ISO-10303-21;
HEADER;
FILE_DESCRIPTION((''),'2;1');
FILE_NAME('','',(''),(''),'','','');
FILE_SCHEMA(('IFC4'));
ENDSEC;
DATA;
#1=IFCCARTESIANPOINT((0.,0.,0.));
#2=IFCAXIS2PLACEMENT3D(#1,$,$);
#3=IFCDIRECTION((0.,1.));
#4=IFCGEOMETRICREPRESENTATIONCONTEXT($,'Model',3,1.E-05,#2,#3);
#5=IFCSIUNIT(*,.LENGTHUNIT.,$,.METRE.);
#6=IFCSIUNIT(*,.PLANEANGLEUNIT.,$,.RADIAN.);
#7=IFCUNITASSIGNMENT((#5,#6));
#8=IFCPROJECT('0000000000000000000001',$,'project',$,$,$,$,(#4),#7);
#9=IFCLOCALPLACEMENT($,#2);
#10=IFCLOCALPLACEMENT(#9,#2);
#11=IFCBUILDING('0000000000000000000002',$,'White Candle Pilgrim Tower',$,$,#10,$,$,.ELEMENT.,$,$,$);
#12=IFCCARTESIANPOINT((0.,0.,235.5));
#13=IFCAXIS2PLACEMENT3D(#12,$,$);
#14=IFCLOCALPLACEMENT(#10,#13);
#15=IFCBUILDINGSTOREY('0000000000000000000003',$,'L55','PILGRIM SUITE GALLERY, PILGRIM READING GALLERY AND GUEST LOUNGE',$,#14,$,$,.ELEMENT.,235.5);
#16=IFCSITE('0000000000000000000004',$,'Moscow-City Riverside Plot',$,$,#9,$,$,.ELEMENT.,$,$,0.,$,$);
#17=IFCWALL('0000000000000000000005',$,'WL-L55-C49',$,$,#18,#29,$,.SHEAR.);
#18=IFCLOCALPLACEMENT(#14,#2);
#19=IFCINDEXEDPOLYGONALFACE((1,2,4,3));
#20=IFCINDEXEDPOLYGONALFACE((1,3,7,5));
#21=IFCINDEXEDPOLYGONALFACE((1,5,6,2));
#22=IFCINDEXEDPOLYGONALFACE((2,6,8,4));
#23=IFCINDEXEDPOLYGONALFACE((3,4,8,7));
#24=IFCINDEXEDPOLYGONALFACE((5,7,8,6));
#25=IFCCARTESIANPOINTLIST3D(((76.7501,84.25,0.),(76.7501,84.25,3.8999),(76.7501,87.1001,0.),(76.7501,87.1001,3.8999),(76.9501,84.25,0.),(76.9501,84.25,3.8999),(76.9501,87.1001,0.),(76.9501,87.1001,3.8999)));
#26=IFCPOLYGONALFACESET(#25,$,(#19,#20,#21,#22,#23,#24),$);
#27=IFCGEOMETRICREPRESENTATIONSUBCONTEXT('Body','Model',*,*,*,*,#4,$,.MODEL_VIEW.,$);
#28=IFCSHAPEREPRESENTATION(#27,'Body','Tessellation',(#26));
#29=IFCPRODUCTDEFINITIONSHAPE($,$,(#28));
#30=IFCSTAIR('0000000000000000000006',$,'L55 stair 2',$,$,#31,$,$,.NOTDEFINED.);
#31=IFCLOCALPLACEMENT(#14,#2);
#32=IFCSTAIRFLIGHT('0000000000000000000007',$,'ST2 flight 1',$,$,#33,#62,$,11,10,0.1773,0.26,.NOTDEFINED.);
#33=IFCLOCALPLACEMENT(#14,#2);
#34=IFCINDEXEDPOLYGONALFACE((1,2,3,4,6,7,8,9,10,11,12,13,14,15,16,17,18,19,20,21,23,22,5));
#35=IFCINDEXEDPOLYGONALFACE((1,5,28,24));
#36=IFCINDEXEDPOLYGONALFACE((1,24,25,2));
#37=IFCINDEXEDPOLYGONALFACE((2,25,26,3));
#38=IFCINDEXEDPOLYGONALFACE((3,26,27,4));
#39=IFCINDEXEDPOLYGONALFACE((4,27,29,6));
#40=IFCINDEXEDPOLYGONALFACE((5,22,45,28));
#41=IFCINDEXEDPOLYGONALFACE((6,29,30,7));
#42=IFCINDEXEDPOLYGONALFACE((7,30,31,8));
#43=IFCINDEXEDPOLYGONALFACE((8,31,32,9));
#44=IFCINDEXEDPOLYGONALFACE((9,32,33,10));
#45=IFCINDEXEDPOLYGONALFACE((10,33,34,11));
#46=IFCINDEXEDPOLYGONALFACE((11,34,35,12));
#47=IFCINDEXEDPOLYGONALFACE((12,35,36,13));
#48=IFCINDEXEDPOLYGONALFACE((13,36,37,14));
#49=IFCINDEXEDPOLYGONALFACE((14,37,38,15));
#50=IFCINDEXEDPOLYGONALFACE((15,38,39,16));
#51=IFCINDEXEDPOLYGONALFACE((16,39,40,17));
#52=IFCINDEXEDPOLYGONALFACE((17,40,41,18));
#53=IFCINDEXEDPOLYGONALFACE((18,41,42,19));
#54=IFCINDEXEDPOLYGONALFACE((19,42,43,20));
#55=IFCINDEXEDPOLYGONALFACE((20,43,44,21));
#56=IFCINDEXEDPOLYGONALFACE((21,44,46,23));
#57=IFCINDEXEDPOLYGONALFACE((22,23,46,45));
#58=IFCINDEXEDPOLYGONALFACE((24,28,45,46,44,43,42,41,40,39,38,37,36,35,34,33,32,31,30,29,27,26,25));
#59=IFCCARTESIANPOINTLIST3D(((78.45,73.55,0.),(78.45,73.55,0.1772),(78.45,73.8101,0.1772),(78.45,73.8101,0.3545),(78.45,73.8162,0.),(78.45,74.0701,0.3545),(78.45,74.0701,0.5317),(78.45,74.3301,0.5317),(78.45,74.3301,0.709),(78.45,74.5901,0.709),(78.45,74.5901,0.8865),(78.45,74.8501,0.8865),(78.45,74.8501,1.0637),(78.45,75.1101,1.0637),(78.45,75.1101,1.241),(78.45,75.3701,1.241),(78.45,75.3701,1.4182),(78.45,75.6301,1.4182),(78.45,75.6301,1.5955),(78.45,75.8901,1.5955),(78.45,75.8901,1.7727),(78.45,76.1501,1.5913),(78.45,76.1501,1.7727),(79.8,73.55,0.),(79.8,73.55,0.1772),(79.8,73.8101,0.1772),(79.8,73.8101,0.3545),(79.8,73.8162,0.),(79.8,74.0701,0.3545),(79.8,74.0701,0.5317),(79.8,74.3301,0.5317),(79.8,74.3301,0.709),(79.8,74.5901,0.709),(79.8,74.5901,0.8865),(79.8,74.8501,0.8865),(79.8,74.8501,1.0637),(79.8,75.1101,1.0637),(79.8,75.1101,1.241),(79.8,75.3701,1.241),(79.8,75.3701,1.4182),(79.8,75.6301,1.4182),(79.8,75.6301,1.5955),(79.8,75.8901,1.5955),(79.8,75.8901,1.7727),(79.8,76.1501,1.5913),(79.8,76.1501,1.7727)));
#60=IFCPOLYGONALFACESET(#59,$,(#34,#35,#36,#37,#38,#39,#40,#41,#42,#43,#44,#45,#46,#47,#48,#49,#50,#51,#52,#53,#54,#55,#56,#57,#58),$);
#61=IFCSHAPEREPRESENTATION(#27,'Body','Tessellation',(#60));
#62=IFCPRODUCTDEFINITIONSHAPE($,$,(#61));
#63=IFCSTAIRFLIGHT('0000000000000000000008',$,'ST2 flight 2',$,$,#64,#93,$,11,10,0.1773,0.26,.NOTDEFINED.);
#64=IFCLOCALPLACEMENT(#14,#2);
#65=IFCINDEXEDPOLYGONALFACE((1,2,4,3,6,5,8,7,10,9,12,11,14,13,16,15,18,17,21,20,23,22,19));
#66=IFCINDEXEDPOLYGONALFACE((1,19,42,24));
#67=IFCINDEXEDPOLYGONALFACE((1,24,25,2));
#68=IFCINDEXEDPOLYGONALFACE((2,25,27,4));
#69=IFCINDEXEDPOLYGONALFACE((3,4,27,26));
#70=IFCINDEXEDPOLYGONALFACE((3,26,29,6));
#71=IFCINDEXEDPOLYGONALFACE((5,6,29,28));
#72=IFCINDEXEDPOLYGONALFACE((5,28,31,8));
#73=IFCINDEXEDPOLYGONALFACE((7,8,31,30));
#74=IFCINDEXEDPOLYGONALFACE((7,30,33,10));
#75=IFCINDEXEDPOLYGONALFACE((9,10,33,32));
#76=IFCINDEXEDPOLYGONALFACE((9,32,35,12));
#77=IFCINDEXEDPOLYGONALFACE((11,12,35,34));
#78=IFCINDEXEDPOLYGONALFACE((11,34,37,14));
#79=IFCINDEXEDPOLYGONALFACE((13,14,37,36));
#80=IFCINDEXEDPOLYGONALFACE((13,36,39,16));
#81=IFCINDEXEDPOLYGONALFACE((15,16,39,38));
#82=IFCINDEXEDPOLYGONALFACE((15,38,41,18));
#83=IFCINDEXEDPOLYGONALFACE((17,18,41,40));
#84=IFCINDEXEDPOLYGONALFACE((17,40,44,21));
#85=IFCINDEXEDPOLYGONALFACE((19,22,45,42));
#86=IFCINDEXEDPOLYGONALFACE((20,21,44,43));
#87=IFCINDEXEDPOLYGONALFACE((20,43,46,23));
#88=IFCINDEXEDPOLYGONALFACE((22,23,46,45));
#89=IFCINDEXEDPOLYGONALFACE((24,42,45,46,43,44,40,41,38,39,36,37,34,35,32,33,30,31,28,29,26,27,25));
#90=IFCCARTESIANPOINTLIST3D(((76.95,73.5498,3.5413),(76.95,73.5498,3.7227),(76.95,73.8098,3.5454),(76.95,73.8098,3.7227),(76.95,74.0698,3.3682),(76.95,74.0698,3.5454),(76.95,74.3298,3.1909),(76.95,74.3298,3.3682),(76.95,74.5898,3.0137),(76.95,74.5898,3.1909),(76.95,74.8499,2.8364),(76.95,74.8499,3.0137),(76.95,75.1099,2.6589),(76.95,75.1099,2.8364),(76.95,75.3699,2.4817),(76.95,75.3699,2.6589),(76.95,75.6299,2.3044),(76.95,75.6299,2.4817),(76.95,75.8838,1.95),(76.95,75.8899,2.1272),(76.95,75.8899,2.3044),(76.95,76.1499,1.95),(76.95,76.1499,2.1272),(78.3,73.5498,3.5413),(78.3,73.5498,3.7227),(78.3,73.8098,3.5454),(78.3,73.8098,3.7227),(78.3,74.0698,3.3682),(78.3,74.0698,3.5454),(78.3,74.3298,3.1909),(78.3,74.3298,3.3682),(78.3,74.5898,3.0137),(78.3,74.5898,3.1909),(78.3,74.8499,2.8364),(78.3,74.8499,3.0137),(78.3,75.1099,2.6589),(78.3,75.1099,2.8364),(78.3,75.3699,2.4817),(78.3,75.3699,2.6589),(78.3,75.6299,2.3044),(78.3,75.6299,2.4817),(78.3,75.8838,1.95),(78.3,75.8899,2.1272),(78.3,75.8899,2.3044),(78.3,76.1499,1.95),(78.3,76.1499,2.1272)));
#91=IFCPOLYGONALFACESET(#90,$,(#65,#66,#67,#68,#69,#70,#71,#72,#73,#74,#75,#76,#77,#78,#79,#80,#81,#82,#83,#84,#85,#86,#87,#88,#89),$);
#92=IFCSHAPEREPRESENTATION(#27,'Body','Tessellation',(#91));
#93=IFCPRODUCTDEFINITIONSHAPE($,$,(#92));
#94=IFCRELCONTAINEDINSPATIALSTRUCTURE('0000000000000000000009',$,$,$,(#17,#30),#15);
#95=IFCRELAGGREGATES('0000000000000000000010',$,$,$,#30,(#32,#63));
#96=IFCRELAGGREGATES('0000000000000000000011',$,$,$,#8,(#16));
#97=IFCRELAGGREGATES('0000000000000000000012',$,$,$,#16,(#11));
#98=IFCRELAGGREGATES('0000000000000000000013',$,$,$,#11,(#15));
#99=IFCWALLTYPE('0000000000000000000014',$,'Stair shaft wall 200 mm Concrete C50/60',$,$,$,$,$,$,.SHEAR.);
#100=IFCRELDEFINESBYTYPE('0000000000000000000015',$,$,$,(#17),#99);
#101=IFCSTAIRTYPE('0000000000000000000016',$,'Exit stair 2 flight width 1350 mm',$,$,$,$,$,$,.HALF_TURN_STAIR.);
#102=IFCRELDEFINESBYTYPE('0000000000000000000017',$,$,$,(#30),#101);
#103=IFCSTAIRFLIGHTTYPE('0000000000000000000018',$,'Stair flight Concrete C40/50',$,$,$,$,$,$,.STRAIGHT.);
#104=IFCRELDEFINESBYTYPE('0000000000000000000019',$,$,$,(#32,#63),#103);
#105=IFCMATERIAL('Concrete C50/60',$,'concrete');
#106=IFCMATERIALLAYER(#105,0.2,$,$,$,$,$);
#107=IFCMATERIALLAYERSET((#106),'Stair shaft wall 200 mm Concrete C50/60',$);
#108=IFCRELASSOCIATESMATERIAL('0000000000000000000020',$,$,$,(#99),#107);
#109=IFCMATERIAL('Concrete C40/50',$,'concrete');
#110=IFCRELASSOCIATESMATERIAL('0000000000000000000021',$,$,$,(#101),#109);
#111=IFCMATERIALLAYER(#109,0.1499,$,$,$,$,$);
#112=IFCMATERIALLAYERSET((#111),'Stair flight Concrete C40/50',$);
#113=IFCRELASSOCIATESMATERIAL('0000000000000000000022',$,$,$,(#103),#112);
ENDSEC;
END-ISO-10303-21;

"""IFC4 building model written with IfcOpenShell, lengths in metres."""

from ifc_helpers import new_model, si_unit, direction, frame, frame_2d, origin, place, context, subcontext, project, spatial, polyline, rectangle, outline, extrude, material, layer, layer_set, type_object, element, aggregate, save


model = new_model("IFC4")

# Units and contexts
model_context = context("Model", 3, precision=1e-05, world=origin(), true_north=direction((0.0, 1.0)))
body_context = subcontext(model_context, "Body", "Model", "MODEL_VIEW")
ifc_project = project(units=[si_unit("LENGTHUNIT", "METRE"), si_unit("PLANEANGLEUNIT", "RADIAN")], contexts=[model_context])

# Site, building, storey
site_placement = place(None, origin())
site = spatial("IfcSite", under=ifc_project, at=site_placement, Name="Moscow-City Riverside Plot", CompositionType="ELEMENT", RefElevation=0.0)
building_placement = place(site_placement, origin())
building = spatial("IfcBuilding", under=site, at=building_placement, Name="White Candle Pilgrim Tower", CompositionType="ELEMENT")
storey_placement = place(building_placement, frame((0.0, 0.0, 235.5)))
storey = spatial("IfcBuildingStorey", under=building, at=storey_placement, Name="L55", Description="PILGRIM SUITE GALLERY, PILGRIM READING GALLERY AND GUEST LOUNGE", CompositionType="ELEMENT", Elevation=235.5)

# Shared definitions
ifc_material_1 = material(Name="Concrete C50/60", Category="concrete")

# Wall
ifc_layer_1 = layer(ifc_material_1, 0.2)
ifc_layer_set_1 = layer_set([ifc_layer_1], Name="Stair shaft wall 200 mm Concrete C50/60")
wall_type_1 = type_object("IfcWallType", Name="Stair shaft wall 200 mm Concrete C50/60", PredefinedType="SHEAR", material=ifc_layer_set_1)
wall_1_placement = place(storey_placement, frame((76.8501, 84.25, 0.0), z_axis=(0.0, 0.0, 1.0), x_axis=(0.0, 1.0, 0.0)))
element("IfcWall", 1, at=wall_1_placement, inside=storey, type_object=wall_type_1, Name="WL-L55-C49", PredefinedType="SHEAR", context=body_context, shape_type="SweptSolid", body=[
    extrude(rectangle(XDim=2.8501, YDim=0.2, at=frame_2d((1.425, 0.0))), origin(), (0.0, 0.0, 1.0), 3.8999),
])

# Stair, stair flights
ifc_material_2 = material(Name="Concrete C40/50", Category="concrete")
stair_type = type_object("IfcStairType", Name="Exit stair 2 flight width 1350 mm", PredefinedType="HALF_TURN_STAIR", material=ifc_material_2)
stair_placement = place(storey_placement, origin())
stair = element("IfcStair", 2, at=stair_placement, inside=storey, type_object=stair_type, Name="L55 stair 2", PredefinedType="NOTDEFINED")
ifc_layer_2 = layer(ifc_material_2, 0.1499)
ifc_layer_set_2 = layer_set([ifc_layer_2], Name="Stair flight Concrete C40/50")
stair_flight_type = type_object("IfcStairFlightType", Name="Stair flight Concrete C40/50", PredefinedType="STRAIGHT", material=ifc_layer_set_2)
stair_flight_1_placement = place(storey_placement, frame((79.125, 73.55, 0.0), z_axis=(0.0, 0.0, 1.0), x_axis=(0.0, 1.0, 0.0)))
stair_flight_1 = element("IfcStairFlight", 3, at=stair_flight_1_placement, type_object=stair_flight_type, Name="ST2 flight 1", NumberOfRisers=11, NumberOfTreads=10, PredefinedType="NOTDEFINED", RiserHeight=0.1773, TreadLength=0.26, context=body_context, shape_type="SweptSolid", body=[
    extrude(outline(polyline([(0.0, 0.0), (0.0, 0.1772), (0.26, 0.1772), (0.26, 0.3545), (0.52, 0.3545), (0.52, 0.5317), (0.78, 0.5317), (0.78, 0.709), (1.04, 0.709), (1.04, 0.8865), (1.3, 0.8865), (1.3, 1.0637), (1.5601, 1.0637), (1.5601, 1.241), (1.8201, 1.241), (1.8201, 1.4182), (2.0801, 1.4182), (2.0801, 1.5955), (2.3401, 1.5955), (2.3401, 1.7727), (2.6001, 1.7727), (2.6001, 1.95), (2.6001, 1.5913), (0.2661, 0.0), (0.0, 0.0)])), frame((0.0, 0.675, 0.0), z_axis=(0.0, -1.0, 0.0), x_axis=(1.0, 0.0, 0.0)), (0.0, 0.0, 1.0), 1.3501),
])
stair_flight_2_placement = place(storey_placement, frame((77.625, 76.1499, 1.95), z_axis=(0.0, 0.0, 1.0), x_axis=(0.0, -1.0, 0.0)))
stair_flight_2 = element("IfcStairFlight", 4, at=stair_flight_2_placement, type_object=stair_flight_type, Name="ST2 flight 2", NumberOfRisers=11, NumberOfTreads=10, PredefinedType="NOTDEFINED", RiserHeight=0.1773, TreadLength=0.26, context=body_context, shape_type="SweptSolid", body=[
    extrude(outline(polyline([(0.0, 0.0), (0.0, 0.1772), (0.26, 0.1772), (0.26, 0.3545), (0.52, 0.3545), (0.52, 0.5317), (0.78, 0.5317), (0.78, 0.709), (1.04, 0.709), (1.04, 0.8865), (1.3, 0.8865), (1.3, 1.0637), (1.5601, 1.0637), (1.5601, 1.241), (1.8201, 1.241), (1.8201, 1.4182), (2.0801, 1.4182), (2.0801, 1.5955), (2.3401, 1.5955), (2.3401, 1.7727), (2.6001, 1.7727), (2.6001, 1.95), (2.6001, 1.5913), (0.2661, 0.0), (0.0, 0.0)])), frame((0.0, 0.675, 0.0), z_axis=(0.0, -1.0, 0.0), x_axis=(1.0, 0.0, 0.0)), (0.0, 0.0, 1.0), 1.3501),
])
aggregate(stair, [stair_flight_1, stair_flight_2])

save(model, "model.ifc")
